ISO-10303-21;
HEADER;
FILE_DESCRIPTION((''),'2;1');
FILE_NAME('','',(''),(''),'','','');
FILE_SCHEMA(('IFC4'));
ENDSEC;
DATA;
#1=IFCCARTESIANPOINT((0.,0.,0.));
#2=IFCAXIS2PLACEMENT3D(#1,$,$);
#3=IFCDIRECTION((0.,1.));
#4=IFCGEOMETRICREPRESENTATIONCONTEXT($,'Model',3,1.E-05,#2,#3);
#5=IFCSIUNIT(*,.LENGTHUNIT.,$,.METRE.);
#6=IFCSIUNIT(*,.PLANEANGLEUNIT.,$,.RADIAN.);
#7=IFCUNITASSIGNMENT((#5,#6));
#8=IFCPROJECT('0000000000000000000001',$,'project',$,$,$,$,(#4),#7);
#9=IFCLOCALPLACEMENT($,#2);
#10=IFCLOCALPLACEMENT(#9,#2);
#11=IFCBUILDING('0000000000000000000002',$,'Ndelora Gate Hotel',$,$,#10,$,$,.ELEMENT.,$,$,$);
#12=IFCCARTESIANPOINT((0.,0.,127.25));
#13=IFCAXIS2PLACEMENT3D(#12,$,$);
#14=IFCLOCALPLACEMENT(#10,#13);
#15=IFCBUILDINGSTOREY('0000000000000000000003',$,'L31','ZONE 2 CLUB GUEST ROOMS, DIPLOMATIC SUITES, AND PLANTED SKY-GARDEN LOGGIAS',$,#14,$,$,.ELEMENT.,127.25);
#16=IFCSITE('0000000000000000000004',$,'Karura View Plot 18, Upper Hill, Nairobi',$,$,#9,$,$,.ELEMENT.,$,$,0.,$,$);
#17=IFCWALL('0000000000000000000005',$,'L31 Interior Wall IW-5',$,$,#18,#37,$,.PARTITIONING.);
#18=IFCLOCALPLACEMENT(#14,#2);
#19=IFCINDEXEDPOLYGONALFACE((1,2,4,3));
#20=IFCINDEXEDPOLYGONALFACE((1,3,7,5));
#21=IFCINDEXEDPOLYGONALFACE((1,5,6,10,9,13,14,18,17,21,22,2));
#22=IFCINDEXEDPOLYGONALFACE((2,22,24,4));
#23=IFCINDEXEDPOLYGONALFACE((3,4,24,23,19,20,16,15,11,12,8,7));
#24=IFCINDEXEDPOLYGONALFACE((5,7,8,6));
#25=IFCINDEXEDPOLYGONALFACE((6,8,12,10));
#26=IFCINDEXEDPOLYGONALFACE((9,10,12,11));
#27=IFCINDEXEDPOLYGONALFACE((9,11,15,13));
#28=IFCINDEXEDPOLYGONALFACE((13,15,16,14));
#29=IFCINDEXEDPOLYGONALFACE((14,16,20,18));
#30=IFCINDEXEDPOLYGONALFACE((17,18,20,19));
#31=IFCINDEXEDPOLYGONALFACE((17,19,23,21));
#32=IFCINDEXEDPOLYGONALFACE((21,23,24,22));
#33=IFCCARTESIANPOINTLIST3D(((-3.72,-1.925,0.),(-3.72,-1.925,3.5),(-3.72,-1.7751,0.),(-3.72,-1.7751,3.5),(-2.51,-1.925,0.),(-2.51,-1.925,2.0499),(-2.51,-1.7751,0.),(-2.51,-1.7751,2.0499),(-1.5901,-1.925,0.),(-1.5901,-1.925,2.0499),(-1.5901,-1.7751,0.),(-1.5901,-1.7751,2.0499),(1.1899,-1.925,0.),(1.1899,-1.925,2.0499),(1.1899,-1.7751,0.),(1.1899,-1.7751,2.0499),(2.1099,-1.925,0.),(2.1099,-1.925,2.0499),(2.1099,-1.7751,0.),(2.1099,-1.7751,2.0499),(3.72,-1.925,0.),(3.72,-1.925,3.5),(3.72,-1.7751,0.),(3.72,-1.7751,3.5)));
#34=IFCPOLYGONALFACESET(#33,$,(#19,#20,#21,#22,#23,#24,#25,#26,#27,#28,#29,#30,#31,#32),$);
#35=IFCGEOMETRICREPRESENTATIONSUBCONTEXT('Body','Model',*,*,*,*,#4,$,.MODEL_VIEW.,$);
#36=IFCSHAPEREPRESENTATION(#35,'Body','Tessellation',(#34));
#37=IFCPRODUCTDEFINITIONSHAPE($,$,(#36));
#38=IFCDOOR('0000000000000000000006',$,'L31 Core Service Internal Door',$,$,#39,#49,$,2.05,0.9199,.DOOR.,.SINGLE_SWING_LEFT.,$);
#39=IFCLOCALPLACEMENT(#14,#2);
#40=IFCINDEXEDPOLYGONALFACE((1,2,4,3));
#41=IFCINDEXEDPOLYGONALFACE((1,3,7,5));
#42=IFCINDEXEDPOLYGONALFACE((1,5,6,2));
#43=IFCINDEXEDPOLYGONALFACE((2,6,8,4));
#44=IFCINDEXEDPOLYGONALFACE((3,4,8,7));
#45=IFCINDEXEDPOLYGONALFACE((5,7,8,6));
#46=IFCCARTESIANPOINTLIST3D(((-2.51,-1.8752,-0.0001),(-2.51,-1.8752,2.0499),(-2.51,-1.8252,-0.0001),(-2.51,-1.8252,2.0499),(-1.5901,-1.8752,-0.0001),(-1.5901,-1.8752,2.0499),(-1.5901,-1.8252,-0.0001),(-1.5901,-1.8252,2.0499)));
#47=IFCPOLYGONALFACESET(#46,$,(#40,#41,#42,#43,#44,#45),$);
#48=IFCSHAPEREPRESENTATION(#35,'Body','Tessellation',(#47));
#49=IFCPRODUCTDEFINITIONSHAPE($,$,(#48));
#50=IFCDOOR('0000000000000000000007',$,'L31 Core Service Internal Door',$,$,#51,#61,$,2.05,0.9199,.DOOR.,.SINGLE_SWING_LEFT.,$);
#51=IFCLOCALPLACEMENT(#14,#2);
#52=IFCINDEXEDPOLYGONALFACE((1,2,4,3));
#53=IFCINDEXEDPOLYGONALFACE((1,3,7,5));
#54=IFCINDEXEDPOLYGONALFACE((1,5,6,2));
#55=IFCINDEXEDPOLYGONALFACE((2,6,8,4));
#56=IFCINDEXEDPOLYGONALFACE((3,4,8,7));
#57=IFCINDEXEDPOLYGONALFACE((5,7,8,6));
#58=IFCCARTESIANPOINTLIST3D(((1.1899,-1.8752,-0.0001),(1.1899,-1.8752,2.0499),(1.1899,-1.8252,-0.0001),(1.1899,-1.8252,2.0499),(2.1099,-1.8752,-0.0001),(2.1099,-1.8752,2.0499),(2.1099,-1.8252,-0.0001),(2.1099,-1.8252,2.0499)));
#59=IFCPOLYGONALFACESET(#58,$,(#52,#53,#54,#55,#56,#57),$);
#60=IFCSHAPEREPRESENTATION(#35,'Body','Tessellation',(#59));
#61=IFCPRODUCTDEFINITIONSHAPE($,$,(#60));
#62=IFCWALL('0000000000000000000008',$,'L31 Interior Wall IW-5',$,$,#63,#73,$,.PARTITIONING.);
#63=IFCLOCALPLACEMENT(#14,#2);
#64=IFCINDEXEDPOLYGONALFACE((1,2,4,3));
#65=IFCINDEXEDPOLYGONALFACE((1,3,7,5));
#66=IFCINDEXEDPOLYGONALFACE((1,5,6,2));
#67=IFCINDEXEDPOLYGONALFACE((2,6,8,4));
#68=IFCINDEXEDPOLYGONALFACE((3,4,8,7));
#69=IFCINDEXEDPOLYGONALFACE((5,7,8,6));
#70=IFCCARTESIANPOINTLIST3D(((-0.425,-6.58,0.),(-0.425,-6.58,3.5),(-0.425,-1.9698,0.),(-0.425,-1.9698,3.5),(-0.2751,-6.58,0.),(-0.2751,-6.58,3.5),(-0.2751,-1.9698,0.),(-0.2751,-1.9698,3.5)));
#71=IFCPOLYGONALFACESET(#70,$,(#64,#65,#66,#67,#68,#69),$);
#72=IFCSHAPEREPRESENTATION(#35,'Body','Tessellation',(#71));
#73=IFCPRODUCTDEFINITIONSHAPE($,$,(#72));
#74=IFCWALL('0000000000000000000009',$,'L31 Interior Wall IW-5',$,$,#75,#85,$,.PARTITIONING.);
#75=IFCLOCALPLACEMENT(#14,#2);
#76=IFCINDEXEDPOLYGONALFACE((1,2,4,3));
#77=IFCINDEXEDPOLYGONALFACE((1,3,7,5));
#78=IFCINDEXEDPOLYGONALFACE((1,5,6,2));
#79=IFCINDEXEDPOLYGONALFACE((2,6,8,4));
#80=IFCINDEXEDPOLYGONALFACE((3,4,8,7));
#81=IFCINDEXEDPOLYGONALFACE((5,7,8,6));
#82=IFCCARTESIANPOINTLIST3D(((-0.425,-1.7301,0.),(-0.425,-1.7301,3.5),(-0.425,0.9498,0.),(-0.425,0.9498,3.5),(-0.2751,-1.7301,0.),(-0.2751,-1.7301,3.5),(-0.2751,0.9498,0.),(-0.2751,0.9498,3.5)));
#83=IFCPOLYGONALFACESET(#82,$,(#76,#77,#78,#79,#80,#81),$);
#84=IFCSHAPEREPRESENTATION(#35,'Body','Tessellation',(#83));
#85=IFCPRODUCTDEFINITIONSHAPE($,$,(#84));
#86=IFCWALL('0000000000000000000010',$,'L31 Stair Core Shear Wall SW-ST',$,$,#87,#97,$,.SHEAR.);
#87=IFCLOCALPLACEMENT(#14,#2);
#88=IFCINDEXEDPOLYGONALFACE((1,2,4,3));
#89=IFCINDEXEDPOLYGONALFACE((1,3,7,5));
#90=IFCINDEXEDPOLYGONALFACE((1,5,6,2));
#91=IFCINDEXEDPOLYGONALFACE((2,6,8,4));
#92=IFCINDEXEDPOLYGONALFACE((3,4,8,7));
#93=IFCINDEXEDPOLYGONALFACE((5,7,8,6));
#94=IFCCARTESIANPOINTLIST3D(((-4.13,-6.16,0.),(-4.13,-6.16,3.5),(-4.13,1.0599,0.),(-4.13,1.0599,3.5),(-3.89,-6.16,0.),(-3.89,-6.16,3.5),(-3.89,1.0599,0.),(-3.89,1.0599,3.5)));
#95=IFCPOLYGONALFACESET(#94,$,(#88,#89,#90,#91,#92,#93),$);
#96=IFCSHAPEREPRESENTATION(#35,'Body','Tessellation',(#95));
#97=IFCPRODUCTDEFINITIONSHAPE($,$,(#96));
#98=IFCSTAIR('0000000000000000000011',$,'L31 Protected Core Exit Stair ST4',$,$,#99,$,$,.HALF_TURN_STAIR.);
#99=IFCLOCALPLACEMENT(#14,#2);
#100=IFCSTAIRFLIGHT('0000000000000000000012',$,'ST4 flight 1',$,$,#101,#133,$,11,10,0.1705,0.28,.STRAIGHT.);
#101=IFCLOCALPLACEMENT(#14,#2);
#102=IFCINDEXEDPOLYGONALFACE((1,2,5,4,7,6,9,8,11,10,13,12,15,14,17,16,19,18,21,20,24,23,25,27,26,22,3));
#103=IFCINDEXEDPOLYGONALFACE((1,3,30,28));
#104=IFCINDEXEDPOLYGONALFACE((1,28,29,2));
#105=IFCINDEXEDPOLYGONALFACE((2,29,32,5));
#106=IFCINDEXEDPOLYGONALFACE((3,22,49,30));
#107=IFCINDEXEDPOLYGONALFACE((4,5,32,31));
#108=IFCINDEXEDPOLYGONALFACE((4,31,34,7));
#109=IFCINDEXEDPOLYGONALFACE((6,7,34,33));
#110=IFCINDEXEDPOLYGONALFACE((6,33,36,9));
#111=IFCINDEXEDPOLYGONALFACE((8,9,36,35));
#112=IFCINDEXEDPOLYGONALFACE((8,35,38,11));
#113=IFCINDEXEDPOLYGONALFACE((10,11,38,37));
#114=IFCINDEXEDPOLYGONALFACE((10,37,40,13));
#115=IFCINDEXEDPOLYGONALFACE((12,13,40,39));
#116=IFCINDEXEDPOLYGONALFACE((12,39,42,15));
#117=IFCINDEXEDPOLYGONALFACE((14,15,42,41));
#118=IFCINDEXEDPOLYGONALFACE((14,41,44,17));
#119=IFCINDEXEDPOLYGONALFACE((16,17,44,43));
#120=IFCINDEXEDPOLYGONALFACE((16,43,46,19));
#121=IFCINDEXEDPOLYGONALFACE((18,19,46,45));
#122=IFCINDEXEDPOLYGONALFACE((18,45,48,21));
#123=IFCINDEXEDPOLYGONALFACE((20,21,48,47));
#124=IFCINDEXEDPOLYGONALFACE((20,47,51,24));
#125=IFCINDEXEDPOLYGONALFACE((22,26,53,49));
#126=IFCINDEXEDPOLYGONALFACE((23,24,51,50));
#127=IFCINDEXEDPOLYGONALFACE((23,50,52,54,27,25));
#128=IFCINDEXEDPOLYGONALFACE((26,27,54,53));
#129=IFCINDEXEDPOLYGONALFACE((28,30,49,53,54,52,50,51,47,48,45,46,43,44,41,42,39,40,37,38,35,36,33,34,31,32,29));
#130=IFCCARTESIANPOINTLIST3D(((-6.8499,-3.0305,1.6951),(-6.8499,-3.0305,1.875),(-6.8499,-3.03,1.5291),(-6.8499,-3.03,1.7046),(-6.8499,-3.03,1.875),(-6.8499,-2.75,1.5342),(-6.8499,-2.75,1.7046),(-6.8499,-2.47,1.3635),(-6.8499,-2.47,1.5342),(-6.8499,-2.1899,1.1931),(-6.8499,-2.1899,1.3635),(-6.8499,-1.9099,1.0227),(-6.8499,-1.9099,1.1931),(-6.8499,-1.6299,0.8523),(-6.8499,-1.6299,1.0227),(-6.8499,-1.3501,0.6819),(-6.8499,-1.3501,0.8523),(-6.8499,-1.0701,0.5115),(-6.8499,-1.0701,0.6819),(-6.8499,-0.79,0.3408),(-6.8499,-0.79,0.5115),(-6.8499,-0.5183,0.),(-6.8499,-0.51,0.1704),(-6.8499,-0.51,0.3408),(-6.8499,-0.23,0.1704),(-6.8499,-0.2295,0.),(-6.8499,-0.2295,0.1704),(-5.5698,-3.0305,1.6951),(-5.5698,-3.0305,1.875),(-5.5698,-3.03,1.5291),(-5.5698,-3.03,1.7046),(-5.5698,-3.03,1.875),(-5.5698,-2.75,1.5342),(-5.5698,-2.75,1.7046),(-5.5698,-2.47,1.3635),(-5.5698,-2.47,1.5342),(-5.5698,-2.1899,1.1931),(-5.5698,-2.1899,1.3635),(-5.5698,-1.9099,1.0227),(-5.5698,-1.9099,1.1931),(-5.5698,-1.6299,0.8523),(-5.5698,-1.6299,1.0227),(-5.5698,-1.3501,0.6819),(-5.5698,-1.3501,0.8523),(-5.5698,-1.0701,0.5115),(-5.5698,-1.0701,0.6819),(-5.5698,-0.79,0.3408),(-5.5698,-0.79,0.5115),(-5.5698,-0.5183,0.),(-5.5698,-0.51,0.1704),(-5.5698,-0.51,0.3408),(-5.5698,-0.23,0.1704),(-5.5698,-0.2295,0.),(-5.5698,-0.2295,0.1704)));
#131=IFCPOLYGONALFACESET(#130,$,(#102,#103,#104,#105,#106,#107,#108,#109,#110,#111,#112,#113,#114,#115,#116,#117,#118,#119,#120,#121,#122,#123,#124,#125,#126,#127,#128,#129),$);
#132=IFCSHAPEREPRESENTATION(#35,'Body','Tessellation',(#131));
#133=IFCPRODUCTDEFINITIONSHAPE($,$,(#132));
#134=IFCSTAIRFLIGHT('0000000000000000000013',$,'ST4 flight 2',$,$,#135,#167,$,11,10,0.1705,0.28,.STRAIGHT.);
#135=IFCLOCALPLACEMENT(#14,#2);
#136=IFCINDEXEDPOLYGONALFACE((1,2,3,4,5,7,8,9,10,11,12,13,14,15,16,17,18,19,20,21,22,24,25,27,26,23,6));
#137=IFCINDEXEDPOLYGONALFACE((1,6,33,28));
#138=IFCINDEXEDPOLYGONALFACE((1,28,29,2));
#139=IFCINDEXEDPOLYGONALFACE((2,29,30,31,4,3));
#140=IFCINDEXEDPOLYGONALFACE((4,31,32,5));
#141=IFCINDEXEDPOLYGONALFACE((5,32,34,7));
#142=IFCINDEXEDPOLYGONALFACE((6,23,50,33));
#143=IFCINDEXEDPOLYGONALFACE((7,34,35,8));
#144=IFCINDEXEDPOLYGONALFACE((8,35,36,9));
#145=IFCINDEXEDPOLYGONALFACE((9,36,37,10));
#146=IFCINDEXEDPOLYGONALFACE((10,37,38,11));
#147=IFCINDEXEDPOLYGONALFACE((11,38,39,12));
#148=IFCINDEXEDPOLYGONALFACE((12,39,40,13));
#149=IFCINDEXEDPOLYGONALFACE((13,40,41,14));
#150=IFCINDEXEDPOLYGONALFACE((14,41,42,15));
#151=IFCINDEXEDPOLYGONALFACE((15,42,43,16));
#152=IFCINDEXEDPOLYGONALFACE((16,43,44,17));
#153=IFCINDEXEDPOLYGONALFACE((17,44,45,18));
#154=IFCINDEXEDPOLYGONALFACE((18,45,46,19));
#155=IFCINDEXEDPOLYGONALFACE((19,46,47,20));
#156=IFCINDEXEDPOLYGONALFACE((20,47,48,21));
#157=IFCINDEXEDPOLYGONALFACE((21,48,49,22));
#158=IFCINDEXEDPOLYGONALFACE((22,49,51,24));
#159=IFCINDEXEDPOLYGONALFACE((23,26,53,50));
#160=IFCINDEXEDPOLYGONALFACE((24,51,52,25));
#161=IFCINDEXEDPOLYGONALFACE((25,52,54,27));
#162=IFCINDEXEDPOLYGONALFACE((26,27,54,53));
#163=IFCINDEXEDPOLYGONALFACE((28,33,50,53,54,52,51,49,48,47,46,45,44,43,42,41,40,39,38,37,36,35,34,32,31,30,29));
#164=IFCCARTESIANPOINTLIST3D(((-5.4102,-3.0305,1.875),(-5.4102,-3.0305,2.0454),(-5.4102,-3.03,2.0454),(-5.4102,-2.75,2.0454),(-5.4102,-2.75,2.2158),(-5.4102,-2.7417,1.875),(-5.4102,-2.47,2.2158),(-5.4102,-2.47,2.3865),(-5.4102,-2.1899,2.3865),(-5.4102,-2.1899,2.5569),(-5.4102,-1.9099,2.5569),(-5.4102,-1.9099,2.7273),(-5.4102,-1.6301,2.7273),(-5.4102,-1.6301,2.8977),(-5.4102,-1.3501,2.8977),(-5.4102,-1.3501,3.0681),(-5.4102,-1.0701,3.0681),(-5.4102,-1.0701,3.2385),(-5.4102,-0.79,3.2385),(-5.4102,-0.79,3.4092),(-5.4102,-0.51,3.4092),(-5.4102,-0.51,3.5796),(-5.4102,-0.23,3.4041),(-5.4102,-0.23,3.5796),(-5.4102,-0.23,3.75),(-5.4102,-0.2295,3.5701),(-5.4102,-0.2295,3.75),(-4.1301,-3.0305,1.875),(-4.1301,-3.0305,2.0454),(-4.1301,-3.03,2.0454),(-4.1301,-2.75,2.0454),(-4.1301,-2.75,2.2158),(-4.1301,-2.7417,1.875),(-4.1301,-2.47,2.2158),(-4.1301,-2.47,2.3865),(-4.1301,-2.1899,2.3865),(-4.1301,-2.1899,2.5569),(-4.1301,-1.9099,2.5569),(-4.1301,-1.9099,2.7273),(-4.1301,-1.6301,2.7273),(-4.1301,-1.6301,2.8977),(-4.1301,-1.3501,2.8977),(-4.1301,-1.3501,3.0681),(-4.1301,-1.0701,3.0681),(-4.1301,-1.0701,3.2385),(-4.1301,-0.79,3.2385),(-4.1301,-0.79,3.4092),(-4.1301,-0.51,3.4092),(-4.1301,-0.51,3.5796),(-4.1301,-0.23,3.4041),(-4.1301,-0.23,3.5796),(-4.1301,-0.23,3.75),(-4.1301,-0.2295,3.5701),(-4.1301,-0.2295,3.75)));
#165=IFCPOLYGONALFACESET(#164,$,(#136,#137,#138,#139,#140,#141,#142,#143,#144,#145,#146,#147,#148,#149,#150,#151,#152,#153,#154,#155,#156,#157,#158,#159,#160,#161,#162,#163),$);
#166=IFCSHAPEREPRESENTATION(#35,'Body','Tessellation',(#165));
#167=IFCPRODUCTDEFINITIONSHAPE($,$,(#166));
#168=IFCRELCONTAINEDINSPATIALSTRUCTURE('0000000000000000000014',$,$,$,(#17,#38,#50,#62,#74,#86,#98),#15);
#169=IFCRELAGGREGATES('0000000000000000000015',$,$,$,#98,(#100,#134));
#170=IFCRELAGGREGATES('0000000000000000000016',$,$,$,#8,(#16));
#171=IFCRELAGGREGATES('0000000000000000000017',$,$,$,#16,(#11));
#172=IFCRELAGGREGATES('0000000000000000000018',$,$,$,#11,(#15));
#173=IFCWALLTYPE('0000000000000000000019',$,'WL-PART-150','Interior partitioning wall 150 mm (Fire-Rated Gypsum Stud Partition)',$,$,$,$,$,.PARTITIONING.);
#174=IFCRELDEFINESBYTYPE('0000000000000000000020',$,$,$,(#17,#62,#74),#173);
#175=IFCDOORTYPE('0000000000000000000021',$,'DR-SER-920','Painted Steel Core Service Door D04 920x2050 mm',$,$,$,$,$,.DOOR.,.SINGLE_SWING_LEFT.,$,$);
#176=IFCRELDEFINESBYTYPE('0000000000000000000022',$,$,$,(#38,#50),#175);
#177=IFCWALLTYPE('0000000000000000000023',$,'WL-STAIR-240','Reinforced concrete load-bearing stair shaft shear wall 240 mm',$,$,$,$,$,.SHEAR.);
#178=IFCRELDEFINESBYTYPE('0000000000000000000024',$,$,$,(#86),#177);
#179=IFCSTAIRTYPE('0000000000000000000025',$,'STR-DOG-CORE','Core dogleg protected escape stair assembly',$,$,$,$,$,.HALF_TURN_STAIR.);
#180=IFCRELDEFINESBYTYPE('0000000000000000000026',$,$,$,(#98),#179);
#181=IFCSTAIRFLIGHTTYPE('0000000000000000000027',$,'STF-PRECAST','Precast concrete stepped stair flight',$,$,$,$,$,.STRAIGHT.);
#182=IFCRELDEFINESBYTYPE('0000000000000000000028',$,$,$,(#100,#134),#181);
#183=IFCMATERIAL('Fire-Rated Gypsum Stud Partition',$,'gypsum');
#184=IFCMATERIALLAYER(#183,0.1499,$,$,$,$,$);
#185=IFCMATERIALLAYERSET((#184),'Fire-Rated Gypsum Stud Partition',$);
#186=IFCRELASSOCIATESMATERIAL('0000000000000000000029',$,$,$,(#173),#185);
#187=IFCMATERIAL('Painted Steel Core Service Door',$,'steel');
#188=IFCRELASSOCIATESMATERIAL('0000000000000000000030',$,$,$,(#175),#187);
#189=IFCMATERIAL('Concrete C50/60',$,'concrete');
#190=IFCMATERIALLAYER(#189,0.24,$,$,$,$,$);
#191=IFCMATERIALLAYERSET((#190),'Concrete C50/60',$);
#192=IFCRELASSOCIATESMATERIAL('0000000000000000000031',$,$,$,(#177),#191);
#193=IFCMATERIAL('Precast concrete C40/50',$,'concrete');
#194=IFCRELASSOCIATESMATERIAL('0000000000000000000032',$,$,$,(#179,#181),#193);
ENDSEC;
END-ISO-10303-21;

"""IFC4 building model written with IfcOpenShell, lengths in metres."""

from ifc_helpers import new_model, si_unit, direction, frame, frame_2d, origin, place, context, subcontext, project, spatial, polyline, rectangle, outline, extrude, material, layer, layer_set, type_object, element, fill, aggregate, save


model = new_model("IFC4")

# Units and contexts
model_context = context("Model", 3, precision=1e-05, world=origin(), true_north=direction((0.0, 1.0)))
body_context = subcontext(model_context, "Body", "Model", "MODEL_VIEW")
ifc_project = project(units=[si_unit("LENGTHUNIT", "METRE"), si_unit("PLANEANGLEUNIT", "RADIAN")], contexts=[model_context])

# Site, building, storey
site_placement = place(None, origin())
site = spatial("IfcSite", under=ifc_project, at=site_placement, Name="Karura View Plot 18, Upper Hill, Nairobi", CompositionType="ELEMENT", RefElevation=0.0)
building_placement = place(site_placement, origin())
building = spatial("IfcBuilding", under=site, at=building_placement, Name="Ndelora Gate Hotel", CompositionType="ELEMENT")
storey_placement = place(building_placement, frame((0.0, 0.0, 127.25)))
storey = spatial("IfcBuildingStorey", under=building, at=storey_placement, Name="L31", Description="ZONE 2 CLUB GUEST ROOMS, DIPLOMATIC SUITES, AND PLANTED SKY-GARDEN LOGGIAS", CompositionType="ELEMENT", Elevation=127.25)

# Wall, openings, doors
ifc_material_1 = material(Name="Fire-Rated Gypsum Stud Partition", Category="gypsum")
ifc_layer_1 = layer(ifc_material_1, 0.1499)
ifc_layer_set_1 = layer_set([ifc_layer_1], Name="Fire-Rated Gypsum Stud Partition")
wall_type_1 = type_object("IfcWallType", Name="WL-PART-150", Description="Interior partitioning wall 150 mm (Fire-Rated Gypsum Stud Partition)", PredefinedType="PARTITIONING", material=ifc_layer_set_1)
wall_1_placement = place(storey_placement, frame((-3.72, -1.8501, 0.0), z_axis=(0.0, 0.0, 1.0), x_axis=(1.0, 0.0, 0.0)))
wall_1 = element("IfcWall", 1, at=wall_1_placement, inside=storey, type_object=wall_type_1, Name="L31 Interior Wall IW-5", PredefinedType="PARTITIONING", context=body_context, shape_type="SweptSolid", body=[
    extrude(rectangle(XDim=7.4399, YDim=0.1499, at=frame_2d((3.72, 0.0))), origin(), (0.0, 0.0, 1.0), 3.5),
])
opening_1_placement = place(wall_1_placement, frame((1.21, 0.0, 0.0)))
opening_1 = element("IfcOpeningElement", 2, at=opening_1_placement, cuts=wall_1, PredefinedType="OPENING", context=body_context, shape_type="SweptSolid", body=[
    extrude(rectangle(XDim=0.9199, YDim=2.05, at=frame_2d((0.46, 1.0249))), frame((0.0, 0.085, 0.0), z_axis=(0.0, -1.0, 0.0), x_axis=(1.0, 0.0, 0.0)), (0.0, 0.0, 1.0), 0.1699),
])
opening_2_placement = place(wall_1_placement, frame((4.9099, 0.0, 0.0)))
opening_2 = element("IfcOpeningElement", 3, at=opening_2_placement, cuts=wall_1, PredefinedType="OPENING", context=body_context, shape_type="SweptSolid", body=[
    extrude(rectangle(XDim=0.9199, YDim=2.05, at=frame_2d((0.46, 1.0249))), frame((0.0, 0.085, 0.0), z_axis=(0.0, -1.0, 0.0), x_axis=(1.0, 0.0, 0.0)), (0.0, 0.0, 1.0), 0.1699),
])
ifc_material_2 = material(Name="Painted Steel Core Service Door", Category="steel")
door_type = type_object("IfcDoorType", Name="DR-SER-920", Description="Painted Steel Core Service Door D04 920x2050 mm", OperationType="SINGLE_SWING_LEFT", PredefinedType="DOOR", material=ifc_material_2)
door_1_placement = place(opening_1_placement, origin())
door_1 = element("IfcDoor", 4, at=door_1_placement, inside=storey, type_object=door_type, Name="L31 Core Service Internal Door", OperationType="SINGLE_SWING_LEFT", OverallHeight=2.05, OverallWidth=0.9199, PredefinedType="DOOR", context=body_context, shape_type="SweptSolid", body=[
    extrude(rectangle(XDim=0.9199, YDim=2.05, at=frame_2d((0.46, 1.0249))), frame((0.0, 0.0249, 0.0), z_axis=(0.0, -1.0, 0.0), x_axis=(1.0, 0.0, 0.0)), (0.0, 0.0, 1.0), 0.05),
])
fill(opening_1, door_1)
door_2_placement = place(opening_2_placement, origin())
door_2 = element("IfcDoor", 5, at=door_2_placement, inside=storey, type_object=door_type, Name="L31 Core Service Internal Door", OperationType="SINGLE_SWING_LEFT", OverallHeight=2.05, OverallWidth=0.9199, PredefinedType="DOOR", context=body_context, shape_type="SweptSolid", body=[
    extrude(rectangle(XDim=0.9199, YDim=2.05, at=frame_2d((0.46, 1.0249))), frame((0.0, 0.0249, 0.0), z_axis=(0.0, -1.0, 0.0), x_axis=(1.0, 0.0, 0.0)), (0.0, 0.0, 1.0), 0.05),
])
fill(opening_2, door_2)

# Walls
wall_2_placement = place(storey_placement, frame((-0.3501, -6.5801, 0.0), z_axis=(0.0, 0.0, 1.0), x_axis=(0.0, 1.0, 0.0)))
element("IfcWall", 6, at=wall_2_placement, inside=storey, type_object=wall_type_1, Name="L31 Interior Wall IW-5", PredefinedType="PARTITIONING", context=body_context, shape_type="SweptSolid", body=[
    extrude(rectangle(XDim=4.6101, YDim=0.1499, at=frame_2d((2.3052, 0.0))), origin(), (0.0, 0.0, 1.0), 3.5),
])
wall_3_placement = place(storey_placement, frame((-0.3501, -1.73, 0.0), z_axis=(0.0, 0.0, 1.0), x_axis=(0.0, 1.0, 0.0)))
element("IfcWall", 7, at=wall_3_placement, inside=storey, type_object=wall_type_1, Name="L31 Interior Wall IW-5", PredefinedType="PARTITIONING", context=body_context, shape_type="SweptSolid", body=[
    extrude(rectangle(XDim=2.6799, YDim=0.1499, at=frame_2d((1.3398, 0.0))), origin(), (0.0, 0.0, 1.0), 3.5),
])
ifc_material_3 = material(Name="Concrete C50/60", Category="concrete")
ifc_layer_2 = layer(ifc_material_3, 0.24)
ifc_layer_set_2 = layer_set([ifc_layer_2], Name="Concrete C50/60")
wall_type_2 = type_object("IfcWallType", Name="WL-STAIR-240", Description="Reinforced concrete load-bearing stair shaft shear wall 240 mm", PredefinedType="SHEAR", material=ifc_layer_set_2)
wall_4_placement = place(storey_placement, frame((-4.01, -6.1599, 0.0), z_axis=(0.0, 0.0, 1.0), x_axis=(0.0, 1.0, 0.0)))
element("IfcWall", 8, at=wall_4_placement, inside=storey, type_object=wall_type_2, Name="L31 Stair Core Shear Wall SW-ST", PredefinedType="SHEAR", context=body_context, shape_type="SweptSolid", body=[
    extrude(rectangle(XDim=7.22, YDim=0.24, at=frame_2d((3.6099, 0.0))), origin(), (0.0, 0.0, 1.0), 3.5),
])

# Stair, stair flights
ifc_material_4 = material(Name="Precast concrete C40/50", Category="concrete")
stair_type = type_object("IfcStairType", Name="STR-DOG-CORE", Description="Core dogleg protected escape stair assembly", PredefinedType="HALF_TURN_STAIR", material=ifc_material_4)
stair_placement = place(storey_placement, origin())
stair = element("IfcStair", 9, at=stair_placement, inside=storey, type_object=stair_type, Name="L31 Protected Core Exit Stair ST4", PredefinedType="HALF_TURN_STAIR")
stair_flight_type = type_object("IfcStairFlightType", Name="STF-PRECAST", Description="Precast concrete stepped stair flight", PredefinedType="STRAIGHT", material=ifc_material_4)
stair_flight_1_placement = place(storey_placement, frame((-6.21, -0.23, 0.0), z_axis=(0.0, 0.0, 1.0), x_axis=(0.0, -1.0, 0.0)))
stair_flight_1 = element("IfcStairFlight", 10, at=stair_flight_1_placement, type_object=stair_flight_type, Name="ST4 flight 1", NumberOfRisers=11, NumberOfTreads=10, PredefinedType="STRAIGHT", RiserHeight=0.1705, TreadLength=0.28, context=body_context, shape_type="SweptSolid", body=[
    extrude(outline(polyline([(-0.0005, 0.0), (-0.0005, 0.1704), (0.0, 0.1704), (0.28, 0.1704), (0.28, 0.3408), (0.5601, 0.3408), (0.5601, 0.5115), (0.8401, 0.5115), (0.8401, 0.6819), (1.1201, 0.6819), (1.1201, 0.8523), (1.3999, 0.8523), (1.3999, 1.0227), (1.6799, 1.0227), (1.6799, 1.1931), (1.96, 1.1931), (1.96, 1.3635), (2.24, 1.3635), (2.24, 1.5342), (2.52, 1.5342), (2.52, 1.7046), (2.8, 1.7046), (2.8, 1.875), (2.8005, 1.875), (2.8005, 1.6951), (2.8, 1.5291), (0.2883, 0.0), (-0.0005, 0.0)])), frame((0.0, 0.6401, 0.0), z_axis=(0.0, -1.0, 0.0), x_axis=(1.0, 0.0, 0.0)), (0.0, 0.0, 1.0), 1.28),
])
stair_flight_2_placement = place(storey_placement, frame((-4.77, -3.03, 1.875), z_axis=(0.0, 0.0, 1.0), x_axis=(0.0, 1.0, 0.0)))
stair_flight_2 = element("IfcStairFlight", 11, at=stair_flight_2_placement, type_object=stair_flight_type, Name="ST4 flight 2", NumberOfRisers=11, NumberOfTreads=10, PredefinedType="STRAIGHT", RiserHeight=0.1705, TreadLength=0.28, context=body_context, shape_type="SweptSolid", body=[
    extrude(outline(polyline([(-0.0005, 0.0), (-0.0005, 0.1704), (0.0, 0.1704), (0.28, 0.1704), (0.28, 0.3408), (0.5601, 0.3408), (0.5601, 0.5115), (0.8401, 0.5115), (0.8401, 0.6819), (1.1201, 0.6819), (1.1201, 0.8523), (1.3999, 0.8523), (1.3999, 1.0227), (1.6799, 1.0227), (1.6799, 1.1931), (1.96, 1.1931), (1.96, 1.3635), (2.24, 1.3635), (2.24, 1.5342), (2.52, 1.5342), (2.52, 1.7046), (2.8, 1.7046), (2.8, 1.875), (2.8005, 1.875), (2.8005, 1.6951), (2.8, 1.5291), (0.2883, 0.0), (-0.0005, 0.0)])), frame((0.0, 0.6401, 0.0), z_axis=(0.0, -1.0, 0.0), x_axis=(1.0, 0.0, 0.0)), (0.0, 0.0, 1.0), 1.28),
])
aggregate(stair, [stair_flight_1, stair_flight_2])

save(model, "model.ifc")
